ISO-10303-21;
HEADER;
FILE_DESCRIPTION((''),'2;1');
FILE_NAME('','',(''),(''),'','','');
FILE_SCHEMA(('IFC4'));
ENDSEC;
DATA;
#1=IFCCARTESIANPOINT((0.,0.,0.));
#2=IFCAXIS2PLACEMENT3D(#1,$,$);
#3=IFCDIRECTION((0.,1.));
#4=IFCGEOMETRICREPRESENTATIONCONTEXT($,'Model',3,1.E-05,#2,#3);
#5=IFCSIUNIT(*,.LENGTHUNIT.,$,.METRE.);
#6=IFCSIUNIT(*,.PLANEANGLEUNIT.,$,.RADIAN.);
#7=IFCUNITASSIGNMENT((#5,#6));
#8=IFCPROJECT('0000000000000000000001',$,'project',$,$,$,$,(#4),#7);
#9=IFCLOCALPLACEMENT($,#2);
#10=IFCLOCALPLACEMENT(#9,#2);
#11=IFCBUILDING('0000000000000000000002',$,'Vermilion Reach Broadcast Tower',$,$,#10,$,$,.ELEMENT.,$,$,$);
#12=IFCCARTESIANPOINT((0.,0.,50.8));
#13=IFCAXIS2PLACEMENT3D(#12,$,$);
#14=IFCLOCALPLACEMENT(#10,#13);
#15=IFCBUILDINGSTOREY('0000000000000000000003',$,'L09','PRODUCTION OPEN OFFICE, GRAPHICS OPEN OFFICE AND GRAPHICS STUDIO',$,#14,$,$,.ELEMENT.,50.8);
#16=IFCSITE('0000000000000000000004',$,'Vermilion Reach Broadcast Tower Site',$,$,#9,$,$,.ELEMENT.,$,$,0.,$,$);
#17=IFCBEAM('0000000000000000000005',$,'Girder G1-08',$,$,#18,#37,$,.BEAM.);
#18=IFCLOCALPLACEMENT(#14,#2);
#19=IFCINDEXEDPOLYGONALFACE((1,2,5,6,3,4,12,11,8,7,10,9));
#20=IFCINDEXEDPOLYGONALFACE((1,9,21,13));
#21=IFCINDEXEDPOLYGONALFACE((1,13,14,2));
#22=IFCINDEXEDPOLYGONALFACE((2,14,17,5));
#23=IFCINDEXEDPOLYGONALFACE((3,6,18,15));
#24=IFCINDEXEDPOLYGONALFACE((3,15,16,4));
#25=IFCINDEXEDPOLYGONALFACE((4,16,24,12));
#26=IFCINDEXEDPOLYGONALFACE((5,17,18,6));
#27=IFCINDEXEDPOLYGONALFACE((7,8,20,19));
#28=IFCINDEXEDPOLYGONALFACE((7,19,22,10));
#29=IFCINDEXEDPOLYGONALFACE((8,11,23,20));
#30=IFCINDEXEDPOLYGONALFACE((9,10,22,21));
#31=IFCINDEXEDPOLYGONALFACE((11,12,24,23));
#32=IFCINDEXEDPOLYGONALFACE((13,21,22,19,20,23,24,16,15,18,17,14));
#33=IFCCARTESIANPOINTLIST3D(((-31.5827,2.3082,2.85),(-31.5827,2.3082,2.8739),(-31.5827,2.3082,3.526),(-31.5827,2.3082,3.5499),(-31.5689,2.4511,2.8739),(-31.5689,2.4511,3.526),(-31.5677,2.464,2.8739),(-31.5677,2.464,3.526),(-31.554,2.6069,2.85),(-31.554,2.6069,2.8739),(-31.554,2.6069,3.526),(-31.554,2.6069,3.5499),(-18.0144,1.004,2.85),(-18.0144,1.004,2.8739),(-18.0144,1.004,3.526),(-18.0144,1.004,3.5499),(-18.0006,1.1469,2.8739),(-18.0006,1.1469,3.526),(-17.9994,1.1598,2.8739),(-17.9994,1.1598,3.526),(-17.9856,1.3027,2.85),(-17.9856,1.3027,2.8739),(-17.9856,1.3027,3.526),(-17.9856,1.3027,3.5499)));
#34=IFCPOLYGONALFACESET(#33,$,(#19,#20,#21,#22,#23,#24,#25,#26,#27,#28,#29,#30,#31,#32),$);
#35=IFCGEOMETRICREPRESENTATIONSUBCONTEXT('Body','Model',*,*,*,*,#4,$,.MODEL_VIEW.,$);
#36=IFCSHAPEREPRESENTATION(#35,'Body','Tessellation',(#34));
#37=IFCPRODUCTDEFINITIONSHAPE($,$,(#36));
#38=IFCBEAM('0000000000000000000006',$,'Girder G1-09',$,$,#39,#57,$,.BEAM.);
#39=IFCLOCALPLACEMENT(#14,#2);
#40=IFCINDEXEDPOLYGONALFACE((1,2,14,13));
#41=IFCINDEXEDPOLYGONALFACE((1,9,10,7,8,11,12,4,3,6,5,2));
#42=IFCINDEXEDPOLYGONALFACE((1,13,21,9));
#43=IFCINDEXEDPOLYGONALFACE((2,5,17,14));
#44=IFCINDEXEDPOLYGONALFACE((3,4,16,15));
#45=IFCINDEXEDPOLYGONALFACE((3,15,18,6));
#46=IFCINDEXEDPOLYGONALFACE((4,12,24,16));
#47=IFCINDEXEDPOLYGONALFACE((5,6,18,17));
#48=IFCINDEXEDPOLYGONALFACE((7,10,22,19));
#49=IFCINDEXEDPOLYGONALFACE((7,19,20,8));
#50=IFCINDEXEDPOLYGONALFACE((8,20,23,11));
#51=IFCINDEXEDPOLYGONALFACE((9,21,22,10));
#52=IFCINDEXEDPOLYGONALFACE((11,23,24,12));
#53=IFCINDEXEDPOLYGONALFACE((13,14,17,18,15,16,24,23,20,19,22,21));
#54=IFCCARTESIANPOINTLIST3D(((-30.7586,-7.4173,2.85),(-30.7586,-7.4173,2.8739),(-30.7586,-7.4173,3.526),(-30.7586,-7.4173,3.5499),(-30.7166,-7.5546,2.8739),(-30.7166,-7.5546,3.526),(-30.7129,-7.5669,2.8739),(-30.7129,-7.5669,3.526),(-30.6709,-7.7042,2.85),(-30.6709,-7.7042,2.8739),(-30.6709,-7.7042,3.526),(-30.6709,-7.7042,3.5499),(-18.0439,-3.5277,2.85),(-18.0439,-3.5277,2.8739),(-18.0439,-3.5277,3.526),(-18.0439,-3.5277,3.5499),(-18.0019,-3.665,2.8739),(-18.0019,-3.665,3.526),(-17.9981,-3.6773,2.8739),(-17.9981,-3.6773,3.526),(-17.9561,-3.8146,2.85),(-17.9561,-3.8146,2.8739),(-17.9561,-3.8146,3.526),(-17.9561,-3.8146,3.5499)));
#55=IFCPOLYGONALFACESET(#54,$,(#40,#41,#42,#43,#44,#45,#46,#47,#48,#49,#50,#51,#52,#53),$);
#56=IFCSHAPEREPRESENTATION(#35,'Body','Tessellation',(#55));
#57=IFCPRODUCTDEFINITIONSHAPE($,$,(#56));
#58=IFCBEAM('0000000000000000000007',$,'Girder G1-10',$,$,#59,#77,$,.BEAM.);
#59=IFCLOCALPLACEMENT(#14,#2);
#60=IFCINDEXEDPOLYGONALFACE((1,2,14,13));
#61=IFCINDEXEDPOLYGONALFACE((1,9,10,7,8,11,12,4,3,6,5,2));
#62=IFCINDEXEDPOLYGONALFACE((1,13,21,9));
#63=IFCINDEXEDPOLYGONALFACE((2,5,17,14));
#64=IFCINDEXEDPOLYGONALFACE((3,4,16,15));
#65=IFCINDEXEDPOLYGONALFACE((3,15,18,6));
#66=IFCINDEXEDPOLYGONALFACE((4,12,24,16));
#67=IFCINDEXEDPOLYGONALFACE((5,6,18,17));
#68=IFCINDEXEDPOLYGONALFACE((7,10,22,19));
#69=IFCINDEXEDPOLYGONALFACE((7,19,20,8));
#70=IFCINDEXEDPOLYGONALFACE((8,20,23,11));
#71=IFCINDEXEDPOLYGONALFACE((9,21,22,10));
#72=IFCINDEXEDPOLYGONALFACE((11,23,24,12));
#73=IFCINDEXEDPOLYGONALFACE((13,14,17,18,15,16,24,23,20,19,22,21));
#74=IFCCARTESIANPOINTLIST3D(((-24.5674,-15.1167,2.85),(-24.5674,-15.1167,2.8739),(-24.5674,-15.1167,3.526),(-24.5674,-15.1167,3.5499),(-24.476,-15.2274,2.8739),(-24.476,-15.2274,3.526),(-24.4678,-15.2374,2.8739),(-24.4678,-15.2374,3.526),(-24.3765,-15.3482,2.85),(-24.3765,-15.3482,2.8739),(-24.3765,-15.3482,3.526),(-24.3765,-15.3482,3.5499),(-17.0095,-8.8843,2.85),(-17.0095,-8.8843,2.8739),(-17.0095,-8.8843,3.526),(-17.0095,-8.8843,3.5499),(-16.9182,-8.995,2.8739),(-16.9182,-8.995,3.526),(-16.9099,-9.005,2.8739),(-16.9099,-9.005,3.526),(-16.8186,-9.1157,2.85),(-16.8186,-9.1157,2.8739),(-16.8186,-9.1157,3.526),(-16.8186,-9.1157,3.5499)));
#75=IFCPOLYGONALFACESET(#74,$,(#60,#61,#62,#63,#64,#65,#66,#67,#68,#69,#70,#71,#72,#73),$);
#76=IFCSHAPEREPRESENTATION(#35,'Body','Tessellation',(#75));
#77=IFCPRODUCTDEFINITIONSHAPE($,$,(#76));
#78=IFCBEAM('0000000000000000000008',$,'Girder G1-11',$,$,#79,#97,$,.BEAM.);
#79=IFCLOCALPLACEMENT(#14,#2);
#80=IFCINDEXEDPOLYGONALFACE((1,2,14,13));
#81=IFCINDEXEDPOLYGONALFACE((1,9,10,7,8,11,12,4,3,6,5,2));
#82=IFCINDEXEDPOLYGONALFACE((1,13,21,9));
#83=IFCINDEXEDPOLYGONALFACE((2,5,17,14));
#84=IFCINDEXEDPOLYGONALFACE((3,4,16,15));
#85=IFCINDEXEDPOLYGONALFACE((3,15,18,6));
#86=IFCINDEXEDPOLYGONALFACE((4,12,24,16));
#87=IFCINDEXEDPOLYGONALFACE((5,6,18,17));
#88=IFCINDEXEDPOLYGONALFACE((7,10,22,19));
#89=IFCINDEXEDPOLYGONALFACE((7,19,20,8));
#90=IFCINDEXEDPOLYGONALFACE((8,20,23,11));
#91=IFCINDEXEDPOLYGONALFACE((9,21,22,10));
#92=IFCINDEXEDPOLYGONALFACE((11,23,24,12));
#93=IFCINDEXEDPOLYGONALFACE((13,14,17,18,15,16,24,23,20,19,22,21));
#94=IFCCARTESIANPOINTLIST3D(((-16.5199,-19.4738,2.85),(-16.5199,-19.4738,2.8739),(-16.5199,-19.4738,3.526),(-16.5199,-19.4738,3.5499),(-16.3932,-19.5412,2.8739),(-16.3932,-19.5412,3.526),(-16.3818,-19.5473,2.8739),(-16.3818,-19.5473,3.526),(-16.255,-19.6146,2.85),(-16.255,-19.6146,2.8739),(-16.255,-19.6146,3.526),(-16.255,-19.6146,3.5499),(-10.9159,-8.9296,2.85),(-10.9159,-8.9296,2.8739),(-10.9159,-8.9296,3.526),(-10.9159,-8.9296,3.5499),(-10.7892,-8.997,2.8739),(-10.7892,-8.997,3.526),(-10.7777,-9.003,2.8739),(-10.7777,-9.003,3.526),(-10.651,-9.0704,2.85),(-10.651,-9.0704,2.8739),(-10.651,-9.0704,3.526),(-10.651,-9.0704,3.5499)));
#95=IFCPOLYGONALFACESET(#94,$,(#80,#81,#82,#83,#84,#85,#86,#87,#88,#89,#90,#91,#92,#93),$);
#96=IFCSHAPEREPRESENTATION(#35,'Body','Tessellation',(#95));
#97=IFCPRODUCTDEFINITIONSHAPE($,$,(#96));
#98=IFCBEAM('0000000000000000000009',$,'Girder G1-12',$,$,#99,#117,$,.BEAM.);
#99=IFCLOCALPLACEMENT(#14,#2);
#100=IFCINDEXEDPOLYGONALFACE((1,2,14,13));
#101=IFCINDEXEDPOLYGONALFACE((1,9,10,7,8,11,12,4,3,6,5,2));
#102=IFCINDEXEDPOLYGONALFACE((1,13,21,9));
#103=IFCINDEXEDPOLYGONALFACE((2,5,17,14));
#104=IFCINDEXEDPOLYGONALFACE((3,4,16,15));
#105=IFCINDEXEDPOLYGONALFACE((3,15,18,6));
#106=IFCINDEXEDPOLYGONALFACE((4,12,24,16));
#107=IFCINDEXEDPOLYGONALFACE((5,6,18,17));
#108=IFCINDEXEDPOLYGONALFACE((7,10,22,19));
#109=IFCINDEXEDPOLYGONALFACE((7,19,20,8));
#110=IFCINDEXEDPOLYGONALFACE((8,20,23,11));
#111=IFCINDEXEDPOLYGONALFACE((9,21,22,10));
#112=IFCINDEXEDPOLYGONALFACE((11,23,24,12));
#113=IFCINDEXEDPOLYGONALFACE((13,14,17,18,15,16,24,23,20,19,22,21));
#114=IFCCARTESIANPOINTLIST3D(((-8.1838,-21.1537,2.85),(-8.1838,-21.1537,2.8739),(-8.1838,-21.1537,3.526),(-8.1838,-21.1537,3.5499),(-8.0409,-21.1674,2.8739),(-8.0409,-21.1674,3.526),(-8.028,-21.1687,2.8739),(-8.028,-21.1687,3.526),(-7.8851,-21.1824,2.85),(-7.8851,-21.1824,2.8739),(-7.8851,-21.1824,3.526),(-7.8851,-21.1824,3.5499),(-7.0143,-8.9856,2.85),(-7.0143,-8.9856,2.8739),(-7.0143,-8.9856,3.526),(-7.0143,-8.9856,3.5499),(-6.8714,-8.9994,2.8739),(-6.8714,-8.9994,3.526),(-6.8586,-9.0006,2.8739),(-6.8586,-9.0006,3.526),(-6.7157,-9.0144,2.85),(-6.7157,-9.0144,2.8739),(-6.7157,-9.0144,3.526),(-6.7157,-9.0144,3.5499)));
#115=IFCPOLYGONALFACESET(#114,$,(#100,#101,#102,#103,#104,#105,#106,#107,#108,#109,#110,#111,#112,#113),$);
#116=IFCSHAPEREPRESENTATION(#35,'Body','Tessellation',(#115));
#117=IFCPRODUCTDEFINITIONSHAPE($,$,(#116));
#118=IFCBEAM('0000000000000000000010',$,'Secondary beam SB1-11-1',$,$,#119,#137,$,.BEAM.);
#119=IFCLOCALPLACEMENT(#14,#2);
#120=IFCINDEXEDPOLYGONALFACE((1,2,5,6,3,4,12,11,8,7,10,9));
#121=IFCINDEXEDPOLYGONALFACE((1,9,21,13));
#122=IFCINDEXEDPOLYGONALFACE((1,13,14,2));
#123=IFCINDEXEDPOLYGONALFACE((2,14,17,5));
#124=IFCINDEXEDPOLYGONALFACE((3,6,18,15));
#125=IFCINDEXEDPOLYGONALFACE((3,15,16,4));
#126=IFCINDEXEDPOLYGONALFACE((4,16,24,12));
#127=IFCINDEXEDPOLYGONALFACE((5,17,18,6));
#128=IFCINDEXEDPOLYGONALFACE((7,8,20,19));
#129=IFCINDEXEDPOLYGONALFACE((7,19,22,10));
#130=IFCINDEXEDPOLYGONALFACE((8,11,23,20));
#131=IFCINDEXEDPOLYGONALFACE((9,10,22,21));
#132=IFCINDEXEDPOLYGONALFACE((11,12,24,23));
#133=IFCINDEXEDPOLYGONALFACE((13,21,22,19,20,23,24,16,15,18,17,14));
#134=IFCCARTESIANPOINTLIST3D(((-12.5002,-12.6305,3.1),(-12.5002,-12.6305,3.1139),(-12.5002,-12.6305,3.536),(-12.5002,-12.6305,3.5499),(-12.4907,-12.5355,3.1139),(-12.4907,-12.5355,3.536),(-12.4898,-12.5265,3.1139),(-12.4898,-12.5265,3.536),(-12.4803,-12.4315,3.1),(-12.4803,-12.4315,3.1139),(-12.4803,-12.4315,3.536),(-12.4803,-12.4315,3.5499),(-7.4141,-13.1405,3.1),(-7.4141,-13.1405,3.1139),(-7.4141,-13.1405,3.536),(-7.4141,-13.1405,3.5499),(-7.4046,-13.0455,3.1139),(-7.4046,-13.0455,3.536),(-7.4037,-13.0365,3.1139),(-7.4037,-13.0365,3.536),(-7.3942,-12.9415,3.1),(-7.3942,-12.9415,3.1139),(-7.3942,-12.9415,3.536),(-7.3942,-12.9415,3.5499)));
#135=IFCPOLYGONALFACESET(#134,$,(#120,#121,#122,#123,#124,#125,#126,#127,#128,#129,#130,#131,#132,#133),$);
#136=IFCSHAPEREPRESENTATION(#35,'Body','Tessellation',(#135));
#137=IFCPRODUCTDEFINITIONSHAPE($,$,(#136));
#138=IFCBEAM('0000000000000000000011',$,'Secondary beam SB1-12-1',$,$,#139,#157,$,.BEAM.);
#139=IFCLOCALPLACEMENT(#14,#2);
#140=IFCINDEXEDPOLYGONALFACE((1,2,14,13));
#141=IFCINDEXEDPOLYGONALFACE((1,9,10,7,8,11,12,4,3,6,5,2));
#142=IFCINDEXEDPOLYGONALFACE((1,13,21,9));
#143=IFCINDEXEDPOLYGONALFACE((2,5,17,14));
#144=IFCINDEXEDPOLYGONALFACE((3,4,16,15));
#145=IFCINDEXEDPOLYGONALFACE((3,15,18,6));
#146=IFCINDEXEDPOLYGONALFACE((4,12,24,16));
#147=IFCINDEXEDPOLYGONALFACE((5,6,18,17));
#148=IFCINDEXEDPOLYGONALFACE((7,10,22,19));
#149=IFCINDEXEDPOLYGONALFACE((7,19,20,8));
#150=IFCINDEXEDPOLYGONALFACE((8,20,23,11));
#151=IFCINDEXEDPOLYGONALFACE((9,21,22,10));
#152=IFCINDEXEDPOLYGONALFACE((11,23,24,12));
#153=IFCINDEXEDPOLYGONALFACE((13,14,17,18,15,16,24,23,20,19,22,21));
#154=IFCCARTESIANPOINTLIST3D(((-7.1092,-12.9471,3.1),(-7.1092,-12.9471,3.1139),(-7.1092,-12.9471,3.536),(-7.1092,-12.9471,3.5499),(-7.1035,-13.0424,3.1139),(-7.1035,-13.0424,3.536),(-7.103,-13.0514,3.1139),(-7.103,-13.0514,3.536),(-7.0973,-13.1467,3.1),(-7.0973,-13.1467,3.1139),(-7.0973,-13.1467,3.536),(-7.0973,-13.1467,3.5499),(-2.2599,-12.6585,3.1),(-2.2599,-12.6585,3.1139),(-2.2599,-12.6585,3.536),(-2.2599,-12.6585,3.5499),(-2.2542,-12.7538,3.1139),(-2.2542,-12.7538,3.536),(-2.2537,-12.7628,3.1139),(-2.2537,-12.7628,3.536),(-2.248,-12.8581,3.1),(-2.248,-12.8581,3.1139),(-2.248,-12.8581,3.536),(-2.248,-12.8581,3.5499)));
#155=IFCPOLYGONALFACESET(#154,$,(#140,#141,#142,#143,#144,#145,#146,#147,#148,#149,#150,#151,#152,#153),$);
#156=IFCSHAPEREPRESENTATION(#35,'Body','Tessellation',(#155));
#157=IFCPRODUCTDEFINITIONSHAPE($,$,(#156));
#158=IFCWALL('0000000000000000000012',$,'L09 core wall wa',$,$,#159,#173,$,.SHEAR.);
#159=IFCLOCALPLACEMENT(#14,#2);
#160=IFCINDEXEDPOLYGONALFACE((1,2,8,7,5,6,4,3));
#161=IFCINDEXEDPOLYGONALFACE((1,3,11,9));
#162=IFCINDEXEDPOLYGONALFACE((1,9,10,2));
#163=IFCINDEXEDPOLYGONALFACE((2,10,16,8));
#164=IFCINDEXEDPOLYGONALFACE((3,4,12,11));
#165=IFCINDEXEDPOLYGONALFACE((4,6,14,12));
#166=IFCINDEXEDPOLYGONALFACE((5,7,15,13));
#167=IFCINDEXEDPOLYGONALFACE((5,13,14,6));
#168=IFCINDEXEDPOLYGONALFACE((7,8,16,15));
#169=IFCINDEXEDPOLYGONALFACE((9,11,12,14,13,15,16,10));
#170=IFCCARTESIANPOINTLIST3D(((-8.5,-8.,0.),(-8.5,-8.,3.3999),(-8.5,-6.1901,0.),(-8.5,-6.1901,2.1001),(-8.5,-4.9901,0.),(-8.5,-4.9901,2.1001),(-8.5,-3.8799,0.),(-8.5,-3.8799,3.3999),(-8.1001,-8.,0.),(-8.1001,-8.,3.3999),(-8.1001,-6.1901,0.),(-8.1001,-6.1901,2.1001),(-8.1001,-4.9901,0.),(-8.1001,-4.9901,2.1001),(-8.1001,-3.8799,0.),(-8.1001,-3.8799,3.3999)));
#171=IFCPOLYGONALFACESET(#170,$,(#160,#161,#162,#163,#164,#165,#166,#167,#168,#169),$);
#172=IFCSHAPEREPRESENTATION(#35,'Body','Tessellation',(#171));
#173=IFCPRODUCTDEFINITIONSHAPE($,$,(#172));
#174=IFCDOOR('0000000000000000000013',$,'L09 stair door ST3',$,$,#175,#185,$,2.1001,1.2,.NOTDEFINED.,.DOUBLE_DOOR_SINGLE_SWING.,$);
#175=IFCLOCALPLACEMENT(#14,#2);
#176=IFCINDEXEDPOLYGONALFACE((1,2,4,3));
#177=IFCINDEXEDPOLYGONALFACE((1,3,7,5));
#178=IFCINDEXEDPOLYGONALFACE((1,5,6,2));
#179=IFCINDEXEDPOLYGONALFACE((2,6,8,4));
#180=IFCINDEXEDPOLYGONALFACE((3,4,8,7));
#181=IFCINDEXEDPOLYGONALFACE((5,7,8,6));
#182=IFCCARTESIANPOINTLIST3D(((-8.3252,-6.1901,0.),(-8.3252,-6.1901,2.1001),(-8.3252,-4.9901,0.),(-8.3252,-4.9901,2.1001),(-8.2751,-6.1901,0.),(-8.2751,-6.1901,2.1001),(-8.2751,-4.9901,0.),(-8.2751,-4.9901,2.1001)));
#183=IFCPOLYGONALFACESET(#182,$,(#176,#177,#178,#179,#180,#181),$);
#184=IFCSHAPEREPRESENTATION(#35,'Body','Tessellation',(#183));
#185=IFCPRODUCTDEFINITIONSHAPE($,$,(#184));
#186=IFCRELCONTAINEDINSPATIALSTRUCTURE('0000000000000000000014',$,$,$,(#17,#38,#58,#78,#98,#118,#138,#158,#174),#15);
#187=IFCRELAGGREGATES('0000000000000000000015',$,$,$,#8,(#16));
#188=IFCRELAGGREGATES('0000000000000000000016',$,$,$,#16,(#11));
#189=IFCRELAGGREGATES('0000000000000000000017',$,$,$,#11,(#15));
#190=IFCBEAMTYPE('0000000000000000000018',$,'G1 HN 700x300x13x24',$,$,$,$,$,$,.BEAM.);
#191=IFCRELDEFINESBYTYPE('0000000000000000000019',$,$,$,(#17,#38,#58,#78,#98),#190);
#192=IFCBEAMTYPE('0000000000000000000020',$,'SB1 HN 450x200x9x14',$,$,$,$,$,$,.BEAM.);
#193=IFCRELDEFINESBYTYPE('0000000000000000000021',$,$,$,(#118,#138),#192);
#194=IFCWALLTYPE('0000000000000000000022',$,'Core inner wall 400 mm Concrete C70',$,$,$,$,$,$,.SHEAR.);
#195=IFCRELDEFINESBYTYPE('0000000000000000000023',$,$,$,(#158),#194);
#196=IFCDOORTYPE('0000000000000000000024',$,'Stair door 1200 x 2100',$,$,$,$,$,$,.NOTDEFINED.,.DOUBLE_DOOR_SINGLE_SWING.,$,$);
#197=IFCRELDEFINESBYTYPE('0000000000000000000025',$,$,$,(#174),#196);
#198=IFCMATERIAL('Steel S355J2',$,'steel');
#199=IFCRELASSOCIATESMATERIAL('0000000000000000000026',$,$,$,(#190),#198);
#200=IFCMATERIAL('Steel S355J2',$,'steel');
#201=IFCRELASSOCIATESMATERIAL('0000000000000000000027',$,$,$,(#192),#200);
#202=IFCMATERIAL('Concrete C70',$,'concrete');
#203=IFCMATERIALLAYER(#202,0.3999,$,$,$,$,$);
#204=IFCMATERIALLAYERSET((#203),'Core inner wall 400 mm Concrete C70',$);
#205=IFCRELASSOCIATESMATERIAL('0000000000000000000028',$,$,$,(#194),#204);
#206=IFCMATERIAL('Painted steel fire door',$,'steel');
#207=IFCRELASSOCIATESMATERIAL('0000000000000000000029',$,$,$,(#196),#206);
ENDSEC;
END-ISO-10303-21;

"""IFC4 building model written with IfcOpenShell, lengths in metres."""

from ifc_helpers import new_model, si_unit, direction, frame, frame_2d, origin, origin_2d, place, context, subcontext, project, spatial, rectangle, i_section, extrude, material, layer, layer_set, material_profile, profile_set, type_object, element, fill, save


model = new_model("IFC4")

# Units and contexts
model_context = context("Model", 3, precision=1e-05, world=origin(), true_north=direction((0.0, 1.0)))
body_context = subcontext(model_context, "Body", "Model", "MODEL_VIEW")
ifc_project = project(units=[si_unit("LENGTHUNIT", "METRE"), si_unit("PLANEANGLEUNIT", "RADIAN")], contexts=[model_context])

# Site, building, storey
site_placement = place(None, origin())
site = spatial("IfcSite", under=ifc_project, at=site_placement, Name="Vermilion Reach Broadcast Tower Site", CompositionType="ELEMENT", RefElevation=0.0)
building_placement = place(site_placement, origin())
building = spatial("IfcBuilding", under=site, at=building_placement, Name="Vermilion Reach Broadcast Tower", CompositionType="ELEMENT")
storey_placement = place(building_placement, frame((0.0, 0.0, 50.8)))
storey = spatial("IfcBuildingStorey", under=building, at=storey_placement, Name="L09", Description="PRODUCTION OPEN OFFICE, GRAPHICS OPEN OFFICE AND GRAPHICS STUDIO", CompositionType="ELEMENT", Elevation=50.8)

# Beams
ifc_material_1 = material(Name="Steel S355J2", Category="steel")
ifc_material_profile_1 = material_profile(ifc_material_1, i_section(OverallWidth=0.3, OverallDepth=0.7, WebThickness=0.0129, FlangeThickness=0.0239, at=origin_2d()), Name="S355J2 HN 700x300x13x24")
ifc_profile_set_1 = profile_set([ifc_material_profile_1], Name="Steel S355J2")
beam_type_1 = type_object("IfcBeamType", Name="G1 HN 700x300x13x24", PredefinedType="BEAM", material=ifc_profile_set_1)
beam_1_placement = place(storey_placement, frame((-18.0, 1.1533, 3.2), z_axis=(-0.995412, 0.09568, 0.0), x_axis=(-0.09568, -0.995412, 0.0)))
element("IfcBeam", 1, at=beam_1_placement, inside=storey, type_object=beam_type_1, Name="Girder G1-08", PredefinedType="BEAM", context=body_context, shape_type="SweptSolid", body=[
    extrude(i_section(OverallWidth=0.3, OverallDepth=0.7, WebThickness=0.0129, FlangeThickness=0.0239, at=origin_2d()), origin(), (0.0, 0.0, 1.0), 13.6309),
])
beam_2_placement = place(storey_placement, frame((-18.0, -3.6711, 3.2), z_axis=(-0.956256, -0.292532, 0.0), x_axis=(0.292532, -0.956256, 0.0)))
element("IfcBeam", 2, at=beam_2_placement, inside=storey, type_object=beam_type_1, Name="Girder G1-09", PredefinedType="BEAM", context=body_context, shape_type="SweptSolid", body=[
    extrude(i_section(OverallWidth=0.3, OverallDepth=0.7, WebThickness=0.0129, FlangeThickness=0.0239, at=origin_2d()), origin(), (0.0, 0.0, 1.0), 13.2964),
])
beam_3_placement = place(storey_placement, frame((-16.9141, -9.0, 3.2), z_axis=(-0.771514, -0.636212, 0.0), x_axis=(0.636212, -0.771514, 0.0)))
element("IfcBeam", 3, at=beam_3_placement, inside=storey, type_object=beam_type_1, Name="Girder G1-10", PredefinedType="BEAM", context=body_context, shape_type="SweptSolid", body=[
    extrude(i_section(OverallWidth=0.3, OverallDepth=0.7, WebThickness=0.0129, FlangeThickness=0.0239, at=origin_2d()), origin(), (0.0, 0.0, 1.0), 9.7961),
])
beam_4_placement = place(storey_placement, frame((-10.7834, -9.0, 3.2), z_axis=(-0.469312, -0.883032, 0.0), x_axis=(0.883032, -0.469312, 0.0)))
element("IfcBeam", 4, at=beam_4_placement, inside=storey, type_object=beam_type_1, Name="Girder G1-11", PredefinedType="BEAM", context=body_context, shape_type="SweptSolid", body=[
    extrude(i_section(OverallWidth=0.3, OverallDepth=0.7, WebThickness=0.0129, FlangeThickness=0.0239, at=origin_2d()), origin(), (0.0, 0.0, 1.0), 11.9409),
])
beam_5_placement = place(storey_placement, frame((-6.865, -9.0, 3.2), z_axis=(-0.095667, -0.995413, 0.0), x_axis=(0.995413, -0.095667, 0.0)))
element("IfcBeam", 5, at=beam_5_placement, inside=storey, type_object=beam_type_1, Name="Girder G1-12", PredefinedType="BEAM", context=body_context, shape_type="SweptSolid", body=[
    extrude(i_section(OverallWidth=0.3, OverallDepth=0.7, WebThickness=0.0129, FlangeThickness=0.0239, at=origin_2d()), origin(), (0.0, 0.0, 1.0), 12.2241),
])
ifc_material_2 = material(Name="Steel S355J2", Category="steel")
ifc_material_profile_2 = material_profile(ifc_material_2, i_section(OverallWidth=0.2, OverallDepth=0.45, WebThickness=0.009, FlangeThickness=0.0139, at=origin_2d()), Name="S355J2 HN 450x200x9x14")
ifc_profile_set_2 = profile_set([ifc_material_profile_2], Name="Steel S355J2")
beam_type_2 = type_object("IfcBeamType", Name="SB1 HN 450x200x9x14", PredefinedType="BEAM", material=ifc_profile_set_2)
beam_6_placement = place(storey_placement, frame((-12.4902, -12.531, 3.325), z_axis=(0.99501, -0.099773, 0.0), x_axis=(0.099773, 0.99501, 0.0)))
element("IfcBeam", 6, at=beam_6_placement, inside=storey, type_object=beam_type_2, Name="Secondary beam SB1-11-1", PredefinedType="BEAM", context=body_context, shape_type="SweptSolid", body=[
    extrude(i_section(OverallWidth=0.2, OverallDepth=0.45, WebThickness=0.009, FlangeThickness=0.0139, at=origin_2d()), origin(), (0.0, 0.0, 1.0), 5.1116),
])
beam_7_placement = place(storey_placement, frame((-7.1033, -13.0469, 3.325), z_axis=(0.998234, 0.059403, 0.0), x_axis=(-0.059403, 0.998234, 0.0)))
element("IfcBeam", 7, at=beam_7_placement, inside=storey, type_object=beam_type_2, Name="Secondary beam SB1-12-1", PredefinedType="BEAM", context=body_context, shape_type="SweptSolid", body=[
    extrude(i_section(OverallWidth=0.2, OverallDepth=0.45, WebThickness=0.009, FlangeThickness=0.0139, at=origin_2d()), origin(), (0.0, 0.0, 1.0), 4.8579),
])

# Wall, opening, door
ifc_material_3 = material(Name="Concrete C70", Category="concrete")
ifc_layer_1 = layer(ifc_material_3, 0.3999)
ifc_layer_set_1 = layer_set([ifc_layer_1], Name="Core inner wall 400 mm Concrete C70")
wall_type_1 = type_object("IfcWallType", Name="Core inner wall 400 mm Concrete C70", PredefinedType="SHEAR", material=ifc_layer_set_1)
wall_1_placement = place(storey_placement, frame((-8.3, -3.8799, 0.0), z_axis=(0.0, 0.0, 1.0), x_axis=(0.0, -1.0, 0.0)))
wall_1 = element("IfcWall", 8, at=wall_1_placement, inside=storey, type_object=wall_type_1, Name="L09 core wall wa", PredefinedType="SHEAR", context=body_context, shape_type="SweptSolid", body=[
    extrude(rectangle(XDim=4.1201, YDim=0.3999, at=frame_2d((2.0601, 0.0))), origin(), (0.0, 0.0, 1.0), 3.3999),
])
opening_1_placement = place(wall_1_placement, frame((1.1101, 0.0, 0.0)))
opening_1 = element("IfcOpeningElement", 9, at=opening_1_placement, cuts=wall_1, PredefinedType="OPENING", context=body_context, shape_type="SweptSolid", body=[
    extrude(rectangle(XDim=1.2, YDim=2.1001, at=frame_2d((0.6001, 1.05))), frame((0.0, 0.21, 0.0), z_axis=(0.0, -1.0, 0.0), x_axis=(1.0, 0.0, 0.0)), (0.0, 0.0, 1.0), 0.4199),
])
ifc_material_4 = material(Name="Painted steel fire door", Category="steel")
door_type_1 = type_object("IfcDoorType", Name="Stair door 1200 x 2100", OperationType="DOUBLE_DOOR_SINGLE_SWING", PredefinedType="NOTDEFINED", material=ifc_material_4)
door_1_placement = place(opening_1_placement, origin())
door_1 = element("IfcDoor", 10, at=door_1_placement, inside=storey, type_object=door_type_1, Name="L09 stair door ST3", OperationType="DOUBLE_DOOR_SINGLE_SWING", OverallHeight=2.1001, OverallWidth=1.2, PredefinedType="NOTDEFINED", context=body_context, shape_type="SweptSolid", body=[
    extrude(rectangle(XDim=1.2, YDim=2.1001, at=frame_2d((0.6001, 1.05))), frame((0.0, 0.0249, 0.0), z_axis=(0.0, -1.0, 0.0), x_axis=(1.0, 0.0, 0.0)), (0.0, 0.0, 1.0), 0.05),
])
fill(opening_1, door_1)

save(model, "model.ifc")
